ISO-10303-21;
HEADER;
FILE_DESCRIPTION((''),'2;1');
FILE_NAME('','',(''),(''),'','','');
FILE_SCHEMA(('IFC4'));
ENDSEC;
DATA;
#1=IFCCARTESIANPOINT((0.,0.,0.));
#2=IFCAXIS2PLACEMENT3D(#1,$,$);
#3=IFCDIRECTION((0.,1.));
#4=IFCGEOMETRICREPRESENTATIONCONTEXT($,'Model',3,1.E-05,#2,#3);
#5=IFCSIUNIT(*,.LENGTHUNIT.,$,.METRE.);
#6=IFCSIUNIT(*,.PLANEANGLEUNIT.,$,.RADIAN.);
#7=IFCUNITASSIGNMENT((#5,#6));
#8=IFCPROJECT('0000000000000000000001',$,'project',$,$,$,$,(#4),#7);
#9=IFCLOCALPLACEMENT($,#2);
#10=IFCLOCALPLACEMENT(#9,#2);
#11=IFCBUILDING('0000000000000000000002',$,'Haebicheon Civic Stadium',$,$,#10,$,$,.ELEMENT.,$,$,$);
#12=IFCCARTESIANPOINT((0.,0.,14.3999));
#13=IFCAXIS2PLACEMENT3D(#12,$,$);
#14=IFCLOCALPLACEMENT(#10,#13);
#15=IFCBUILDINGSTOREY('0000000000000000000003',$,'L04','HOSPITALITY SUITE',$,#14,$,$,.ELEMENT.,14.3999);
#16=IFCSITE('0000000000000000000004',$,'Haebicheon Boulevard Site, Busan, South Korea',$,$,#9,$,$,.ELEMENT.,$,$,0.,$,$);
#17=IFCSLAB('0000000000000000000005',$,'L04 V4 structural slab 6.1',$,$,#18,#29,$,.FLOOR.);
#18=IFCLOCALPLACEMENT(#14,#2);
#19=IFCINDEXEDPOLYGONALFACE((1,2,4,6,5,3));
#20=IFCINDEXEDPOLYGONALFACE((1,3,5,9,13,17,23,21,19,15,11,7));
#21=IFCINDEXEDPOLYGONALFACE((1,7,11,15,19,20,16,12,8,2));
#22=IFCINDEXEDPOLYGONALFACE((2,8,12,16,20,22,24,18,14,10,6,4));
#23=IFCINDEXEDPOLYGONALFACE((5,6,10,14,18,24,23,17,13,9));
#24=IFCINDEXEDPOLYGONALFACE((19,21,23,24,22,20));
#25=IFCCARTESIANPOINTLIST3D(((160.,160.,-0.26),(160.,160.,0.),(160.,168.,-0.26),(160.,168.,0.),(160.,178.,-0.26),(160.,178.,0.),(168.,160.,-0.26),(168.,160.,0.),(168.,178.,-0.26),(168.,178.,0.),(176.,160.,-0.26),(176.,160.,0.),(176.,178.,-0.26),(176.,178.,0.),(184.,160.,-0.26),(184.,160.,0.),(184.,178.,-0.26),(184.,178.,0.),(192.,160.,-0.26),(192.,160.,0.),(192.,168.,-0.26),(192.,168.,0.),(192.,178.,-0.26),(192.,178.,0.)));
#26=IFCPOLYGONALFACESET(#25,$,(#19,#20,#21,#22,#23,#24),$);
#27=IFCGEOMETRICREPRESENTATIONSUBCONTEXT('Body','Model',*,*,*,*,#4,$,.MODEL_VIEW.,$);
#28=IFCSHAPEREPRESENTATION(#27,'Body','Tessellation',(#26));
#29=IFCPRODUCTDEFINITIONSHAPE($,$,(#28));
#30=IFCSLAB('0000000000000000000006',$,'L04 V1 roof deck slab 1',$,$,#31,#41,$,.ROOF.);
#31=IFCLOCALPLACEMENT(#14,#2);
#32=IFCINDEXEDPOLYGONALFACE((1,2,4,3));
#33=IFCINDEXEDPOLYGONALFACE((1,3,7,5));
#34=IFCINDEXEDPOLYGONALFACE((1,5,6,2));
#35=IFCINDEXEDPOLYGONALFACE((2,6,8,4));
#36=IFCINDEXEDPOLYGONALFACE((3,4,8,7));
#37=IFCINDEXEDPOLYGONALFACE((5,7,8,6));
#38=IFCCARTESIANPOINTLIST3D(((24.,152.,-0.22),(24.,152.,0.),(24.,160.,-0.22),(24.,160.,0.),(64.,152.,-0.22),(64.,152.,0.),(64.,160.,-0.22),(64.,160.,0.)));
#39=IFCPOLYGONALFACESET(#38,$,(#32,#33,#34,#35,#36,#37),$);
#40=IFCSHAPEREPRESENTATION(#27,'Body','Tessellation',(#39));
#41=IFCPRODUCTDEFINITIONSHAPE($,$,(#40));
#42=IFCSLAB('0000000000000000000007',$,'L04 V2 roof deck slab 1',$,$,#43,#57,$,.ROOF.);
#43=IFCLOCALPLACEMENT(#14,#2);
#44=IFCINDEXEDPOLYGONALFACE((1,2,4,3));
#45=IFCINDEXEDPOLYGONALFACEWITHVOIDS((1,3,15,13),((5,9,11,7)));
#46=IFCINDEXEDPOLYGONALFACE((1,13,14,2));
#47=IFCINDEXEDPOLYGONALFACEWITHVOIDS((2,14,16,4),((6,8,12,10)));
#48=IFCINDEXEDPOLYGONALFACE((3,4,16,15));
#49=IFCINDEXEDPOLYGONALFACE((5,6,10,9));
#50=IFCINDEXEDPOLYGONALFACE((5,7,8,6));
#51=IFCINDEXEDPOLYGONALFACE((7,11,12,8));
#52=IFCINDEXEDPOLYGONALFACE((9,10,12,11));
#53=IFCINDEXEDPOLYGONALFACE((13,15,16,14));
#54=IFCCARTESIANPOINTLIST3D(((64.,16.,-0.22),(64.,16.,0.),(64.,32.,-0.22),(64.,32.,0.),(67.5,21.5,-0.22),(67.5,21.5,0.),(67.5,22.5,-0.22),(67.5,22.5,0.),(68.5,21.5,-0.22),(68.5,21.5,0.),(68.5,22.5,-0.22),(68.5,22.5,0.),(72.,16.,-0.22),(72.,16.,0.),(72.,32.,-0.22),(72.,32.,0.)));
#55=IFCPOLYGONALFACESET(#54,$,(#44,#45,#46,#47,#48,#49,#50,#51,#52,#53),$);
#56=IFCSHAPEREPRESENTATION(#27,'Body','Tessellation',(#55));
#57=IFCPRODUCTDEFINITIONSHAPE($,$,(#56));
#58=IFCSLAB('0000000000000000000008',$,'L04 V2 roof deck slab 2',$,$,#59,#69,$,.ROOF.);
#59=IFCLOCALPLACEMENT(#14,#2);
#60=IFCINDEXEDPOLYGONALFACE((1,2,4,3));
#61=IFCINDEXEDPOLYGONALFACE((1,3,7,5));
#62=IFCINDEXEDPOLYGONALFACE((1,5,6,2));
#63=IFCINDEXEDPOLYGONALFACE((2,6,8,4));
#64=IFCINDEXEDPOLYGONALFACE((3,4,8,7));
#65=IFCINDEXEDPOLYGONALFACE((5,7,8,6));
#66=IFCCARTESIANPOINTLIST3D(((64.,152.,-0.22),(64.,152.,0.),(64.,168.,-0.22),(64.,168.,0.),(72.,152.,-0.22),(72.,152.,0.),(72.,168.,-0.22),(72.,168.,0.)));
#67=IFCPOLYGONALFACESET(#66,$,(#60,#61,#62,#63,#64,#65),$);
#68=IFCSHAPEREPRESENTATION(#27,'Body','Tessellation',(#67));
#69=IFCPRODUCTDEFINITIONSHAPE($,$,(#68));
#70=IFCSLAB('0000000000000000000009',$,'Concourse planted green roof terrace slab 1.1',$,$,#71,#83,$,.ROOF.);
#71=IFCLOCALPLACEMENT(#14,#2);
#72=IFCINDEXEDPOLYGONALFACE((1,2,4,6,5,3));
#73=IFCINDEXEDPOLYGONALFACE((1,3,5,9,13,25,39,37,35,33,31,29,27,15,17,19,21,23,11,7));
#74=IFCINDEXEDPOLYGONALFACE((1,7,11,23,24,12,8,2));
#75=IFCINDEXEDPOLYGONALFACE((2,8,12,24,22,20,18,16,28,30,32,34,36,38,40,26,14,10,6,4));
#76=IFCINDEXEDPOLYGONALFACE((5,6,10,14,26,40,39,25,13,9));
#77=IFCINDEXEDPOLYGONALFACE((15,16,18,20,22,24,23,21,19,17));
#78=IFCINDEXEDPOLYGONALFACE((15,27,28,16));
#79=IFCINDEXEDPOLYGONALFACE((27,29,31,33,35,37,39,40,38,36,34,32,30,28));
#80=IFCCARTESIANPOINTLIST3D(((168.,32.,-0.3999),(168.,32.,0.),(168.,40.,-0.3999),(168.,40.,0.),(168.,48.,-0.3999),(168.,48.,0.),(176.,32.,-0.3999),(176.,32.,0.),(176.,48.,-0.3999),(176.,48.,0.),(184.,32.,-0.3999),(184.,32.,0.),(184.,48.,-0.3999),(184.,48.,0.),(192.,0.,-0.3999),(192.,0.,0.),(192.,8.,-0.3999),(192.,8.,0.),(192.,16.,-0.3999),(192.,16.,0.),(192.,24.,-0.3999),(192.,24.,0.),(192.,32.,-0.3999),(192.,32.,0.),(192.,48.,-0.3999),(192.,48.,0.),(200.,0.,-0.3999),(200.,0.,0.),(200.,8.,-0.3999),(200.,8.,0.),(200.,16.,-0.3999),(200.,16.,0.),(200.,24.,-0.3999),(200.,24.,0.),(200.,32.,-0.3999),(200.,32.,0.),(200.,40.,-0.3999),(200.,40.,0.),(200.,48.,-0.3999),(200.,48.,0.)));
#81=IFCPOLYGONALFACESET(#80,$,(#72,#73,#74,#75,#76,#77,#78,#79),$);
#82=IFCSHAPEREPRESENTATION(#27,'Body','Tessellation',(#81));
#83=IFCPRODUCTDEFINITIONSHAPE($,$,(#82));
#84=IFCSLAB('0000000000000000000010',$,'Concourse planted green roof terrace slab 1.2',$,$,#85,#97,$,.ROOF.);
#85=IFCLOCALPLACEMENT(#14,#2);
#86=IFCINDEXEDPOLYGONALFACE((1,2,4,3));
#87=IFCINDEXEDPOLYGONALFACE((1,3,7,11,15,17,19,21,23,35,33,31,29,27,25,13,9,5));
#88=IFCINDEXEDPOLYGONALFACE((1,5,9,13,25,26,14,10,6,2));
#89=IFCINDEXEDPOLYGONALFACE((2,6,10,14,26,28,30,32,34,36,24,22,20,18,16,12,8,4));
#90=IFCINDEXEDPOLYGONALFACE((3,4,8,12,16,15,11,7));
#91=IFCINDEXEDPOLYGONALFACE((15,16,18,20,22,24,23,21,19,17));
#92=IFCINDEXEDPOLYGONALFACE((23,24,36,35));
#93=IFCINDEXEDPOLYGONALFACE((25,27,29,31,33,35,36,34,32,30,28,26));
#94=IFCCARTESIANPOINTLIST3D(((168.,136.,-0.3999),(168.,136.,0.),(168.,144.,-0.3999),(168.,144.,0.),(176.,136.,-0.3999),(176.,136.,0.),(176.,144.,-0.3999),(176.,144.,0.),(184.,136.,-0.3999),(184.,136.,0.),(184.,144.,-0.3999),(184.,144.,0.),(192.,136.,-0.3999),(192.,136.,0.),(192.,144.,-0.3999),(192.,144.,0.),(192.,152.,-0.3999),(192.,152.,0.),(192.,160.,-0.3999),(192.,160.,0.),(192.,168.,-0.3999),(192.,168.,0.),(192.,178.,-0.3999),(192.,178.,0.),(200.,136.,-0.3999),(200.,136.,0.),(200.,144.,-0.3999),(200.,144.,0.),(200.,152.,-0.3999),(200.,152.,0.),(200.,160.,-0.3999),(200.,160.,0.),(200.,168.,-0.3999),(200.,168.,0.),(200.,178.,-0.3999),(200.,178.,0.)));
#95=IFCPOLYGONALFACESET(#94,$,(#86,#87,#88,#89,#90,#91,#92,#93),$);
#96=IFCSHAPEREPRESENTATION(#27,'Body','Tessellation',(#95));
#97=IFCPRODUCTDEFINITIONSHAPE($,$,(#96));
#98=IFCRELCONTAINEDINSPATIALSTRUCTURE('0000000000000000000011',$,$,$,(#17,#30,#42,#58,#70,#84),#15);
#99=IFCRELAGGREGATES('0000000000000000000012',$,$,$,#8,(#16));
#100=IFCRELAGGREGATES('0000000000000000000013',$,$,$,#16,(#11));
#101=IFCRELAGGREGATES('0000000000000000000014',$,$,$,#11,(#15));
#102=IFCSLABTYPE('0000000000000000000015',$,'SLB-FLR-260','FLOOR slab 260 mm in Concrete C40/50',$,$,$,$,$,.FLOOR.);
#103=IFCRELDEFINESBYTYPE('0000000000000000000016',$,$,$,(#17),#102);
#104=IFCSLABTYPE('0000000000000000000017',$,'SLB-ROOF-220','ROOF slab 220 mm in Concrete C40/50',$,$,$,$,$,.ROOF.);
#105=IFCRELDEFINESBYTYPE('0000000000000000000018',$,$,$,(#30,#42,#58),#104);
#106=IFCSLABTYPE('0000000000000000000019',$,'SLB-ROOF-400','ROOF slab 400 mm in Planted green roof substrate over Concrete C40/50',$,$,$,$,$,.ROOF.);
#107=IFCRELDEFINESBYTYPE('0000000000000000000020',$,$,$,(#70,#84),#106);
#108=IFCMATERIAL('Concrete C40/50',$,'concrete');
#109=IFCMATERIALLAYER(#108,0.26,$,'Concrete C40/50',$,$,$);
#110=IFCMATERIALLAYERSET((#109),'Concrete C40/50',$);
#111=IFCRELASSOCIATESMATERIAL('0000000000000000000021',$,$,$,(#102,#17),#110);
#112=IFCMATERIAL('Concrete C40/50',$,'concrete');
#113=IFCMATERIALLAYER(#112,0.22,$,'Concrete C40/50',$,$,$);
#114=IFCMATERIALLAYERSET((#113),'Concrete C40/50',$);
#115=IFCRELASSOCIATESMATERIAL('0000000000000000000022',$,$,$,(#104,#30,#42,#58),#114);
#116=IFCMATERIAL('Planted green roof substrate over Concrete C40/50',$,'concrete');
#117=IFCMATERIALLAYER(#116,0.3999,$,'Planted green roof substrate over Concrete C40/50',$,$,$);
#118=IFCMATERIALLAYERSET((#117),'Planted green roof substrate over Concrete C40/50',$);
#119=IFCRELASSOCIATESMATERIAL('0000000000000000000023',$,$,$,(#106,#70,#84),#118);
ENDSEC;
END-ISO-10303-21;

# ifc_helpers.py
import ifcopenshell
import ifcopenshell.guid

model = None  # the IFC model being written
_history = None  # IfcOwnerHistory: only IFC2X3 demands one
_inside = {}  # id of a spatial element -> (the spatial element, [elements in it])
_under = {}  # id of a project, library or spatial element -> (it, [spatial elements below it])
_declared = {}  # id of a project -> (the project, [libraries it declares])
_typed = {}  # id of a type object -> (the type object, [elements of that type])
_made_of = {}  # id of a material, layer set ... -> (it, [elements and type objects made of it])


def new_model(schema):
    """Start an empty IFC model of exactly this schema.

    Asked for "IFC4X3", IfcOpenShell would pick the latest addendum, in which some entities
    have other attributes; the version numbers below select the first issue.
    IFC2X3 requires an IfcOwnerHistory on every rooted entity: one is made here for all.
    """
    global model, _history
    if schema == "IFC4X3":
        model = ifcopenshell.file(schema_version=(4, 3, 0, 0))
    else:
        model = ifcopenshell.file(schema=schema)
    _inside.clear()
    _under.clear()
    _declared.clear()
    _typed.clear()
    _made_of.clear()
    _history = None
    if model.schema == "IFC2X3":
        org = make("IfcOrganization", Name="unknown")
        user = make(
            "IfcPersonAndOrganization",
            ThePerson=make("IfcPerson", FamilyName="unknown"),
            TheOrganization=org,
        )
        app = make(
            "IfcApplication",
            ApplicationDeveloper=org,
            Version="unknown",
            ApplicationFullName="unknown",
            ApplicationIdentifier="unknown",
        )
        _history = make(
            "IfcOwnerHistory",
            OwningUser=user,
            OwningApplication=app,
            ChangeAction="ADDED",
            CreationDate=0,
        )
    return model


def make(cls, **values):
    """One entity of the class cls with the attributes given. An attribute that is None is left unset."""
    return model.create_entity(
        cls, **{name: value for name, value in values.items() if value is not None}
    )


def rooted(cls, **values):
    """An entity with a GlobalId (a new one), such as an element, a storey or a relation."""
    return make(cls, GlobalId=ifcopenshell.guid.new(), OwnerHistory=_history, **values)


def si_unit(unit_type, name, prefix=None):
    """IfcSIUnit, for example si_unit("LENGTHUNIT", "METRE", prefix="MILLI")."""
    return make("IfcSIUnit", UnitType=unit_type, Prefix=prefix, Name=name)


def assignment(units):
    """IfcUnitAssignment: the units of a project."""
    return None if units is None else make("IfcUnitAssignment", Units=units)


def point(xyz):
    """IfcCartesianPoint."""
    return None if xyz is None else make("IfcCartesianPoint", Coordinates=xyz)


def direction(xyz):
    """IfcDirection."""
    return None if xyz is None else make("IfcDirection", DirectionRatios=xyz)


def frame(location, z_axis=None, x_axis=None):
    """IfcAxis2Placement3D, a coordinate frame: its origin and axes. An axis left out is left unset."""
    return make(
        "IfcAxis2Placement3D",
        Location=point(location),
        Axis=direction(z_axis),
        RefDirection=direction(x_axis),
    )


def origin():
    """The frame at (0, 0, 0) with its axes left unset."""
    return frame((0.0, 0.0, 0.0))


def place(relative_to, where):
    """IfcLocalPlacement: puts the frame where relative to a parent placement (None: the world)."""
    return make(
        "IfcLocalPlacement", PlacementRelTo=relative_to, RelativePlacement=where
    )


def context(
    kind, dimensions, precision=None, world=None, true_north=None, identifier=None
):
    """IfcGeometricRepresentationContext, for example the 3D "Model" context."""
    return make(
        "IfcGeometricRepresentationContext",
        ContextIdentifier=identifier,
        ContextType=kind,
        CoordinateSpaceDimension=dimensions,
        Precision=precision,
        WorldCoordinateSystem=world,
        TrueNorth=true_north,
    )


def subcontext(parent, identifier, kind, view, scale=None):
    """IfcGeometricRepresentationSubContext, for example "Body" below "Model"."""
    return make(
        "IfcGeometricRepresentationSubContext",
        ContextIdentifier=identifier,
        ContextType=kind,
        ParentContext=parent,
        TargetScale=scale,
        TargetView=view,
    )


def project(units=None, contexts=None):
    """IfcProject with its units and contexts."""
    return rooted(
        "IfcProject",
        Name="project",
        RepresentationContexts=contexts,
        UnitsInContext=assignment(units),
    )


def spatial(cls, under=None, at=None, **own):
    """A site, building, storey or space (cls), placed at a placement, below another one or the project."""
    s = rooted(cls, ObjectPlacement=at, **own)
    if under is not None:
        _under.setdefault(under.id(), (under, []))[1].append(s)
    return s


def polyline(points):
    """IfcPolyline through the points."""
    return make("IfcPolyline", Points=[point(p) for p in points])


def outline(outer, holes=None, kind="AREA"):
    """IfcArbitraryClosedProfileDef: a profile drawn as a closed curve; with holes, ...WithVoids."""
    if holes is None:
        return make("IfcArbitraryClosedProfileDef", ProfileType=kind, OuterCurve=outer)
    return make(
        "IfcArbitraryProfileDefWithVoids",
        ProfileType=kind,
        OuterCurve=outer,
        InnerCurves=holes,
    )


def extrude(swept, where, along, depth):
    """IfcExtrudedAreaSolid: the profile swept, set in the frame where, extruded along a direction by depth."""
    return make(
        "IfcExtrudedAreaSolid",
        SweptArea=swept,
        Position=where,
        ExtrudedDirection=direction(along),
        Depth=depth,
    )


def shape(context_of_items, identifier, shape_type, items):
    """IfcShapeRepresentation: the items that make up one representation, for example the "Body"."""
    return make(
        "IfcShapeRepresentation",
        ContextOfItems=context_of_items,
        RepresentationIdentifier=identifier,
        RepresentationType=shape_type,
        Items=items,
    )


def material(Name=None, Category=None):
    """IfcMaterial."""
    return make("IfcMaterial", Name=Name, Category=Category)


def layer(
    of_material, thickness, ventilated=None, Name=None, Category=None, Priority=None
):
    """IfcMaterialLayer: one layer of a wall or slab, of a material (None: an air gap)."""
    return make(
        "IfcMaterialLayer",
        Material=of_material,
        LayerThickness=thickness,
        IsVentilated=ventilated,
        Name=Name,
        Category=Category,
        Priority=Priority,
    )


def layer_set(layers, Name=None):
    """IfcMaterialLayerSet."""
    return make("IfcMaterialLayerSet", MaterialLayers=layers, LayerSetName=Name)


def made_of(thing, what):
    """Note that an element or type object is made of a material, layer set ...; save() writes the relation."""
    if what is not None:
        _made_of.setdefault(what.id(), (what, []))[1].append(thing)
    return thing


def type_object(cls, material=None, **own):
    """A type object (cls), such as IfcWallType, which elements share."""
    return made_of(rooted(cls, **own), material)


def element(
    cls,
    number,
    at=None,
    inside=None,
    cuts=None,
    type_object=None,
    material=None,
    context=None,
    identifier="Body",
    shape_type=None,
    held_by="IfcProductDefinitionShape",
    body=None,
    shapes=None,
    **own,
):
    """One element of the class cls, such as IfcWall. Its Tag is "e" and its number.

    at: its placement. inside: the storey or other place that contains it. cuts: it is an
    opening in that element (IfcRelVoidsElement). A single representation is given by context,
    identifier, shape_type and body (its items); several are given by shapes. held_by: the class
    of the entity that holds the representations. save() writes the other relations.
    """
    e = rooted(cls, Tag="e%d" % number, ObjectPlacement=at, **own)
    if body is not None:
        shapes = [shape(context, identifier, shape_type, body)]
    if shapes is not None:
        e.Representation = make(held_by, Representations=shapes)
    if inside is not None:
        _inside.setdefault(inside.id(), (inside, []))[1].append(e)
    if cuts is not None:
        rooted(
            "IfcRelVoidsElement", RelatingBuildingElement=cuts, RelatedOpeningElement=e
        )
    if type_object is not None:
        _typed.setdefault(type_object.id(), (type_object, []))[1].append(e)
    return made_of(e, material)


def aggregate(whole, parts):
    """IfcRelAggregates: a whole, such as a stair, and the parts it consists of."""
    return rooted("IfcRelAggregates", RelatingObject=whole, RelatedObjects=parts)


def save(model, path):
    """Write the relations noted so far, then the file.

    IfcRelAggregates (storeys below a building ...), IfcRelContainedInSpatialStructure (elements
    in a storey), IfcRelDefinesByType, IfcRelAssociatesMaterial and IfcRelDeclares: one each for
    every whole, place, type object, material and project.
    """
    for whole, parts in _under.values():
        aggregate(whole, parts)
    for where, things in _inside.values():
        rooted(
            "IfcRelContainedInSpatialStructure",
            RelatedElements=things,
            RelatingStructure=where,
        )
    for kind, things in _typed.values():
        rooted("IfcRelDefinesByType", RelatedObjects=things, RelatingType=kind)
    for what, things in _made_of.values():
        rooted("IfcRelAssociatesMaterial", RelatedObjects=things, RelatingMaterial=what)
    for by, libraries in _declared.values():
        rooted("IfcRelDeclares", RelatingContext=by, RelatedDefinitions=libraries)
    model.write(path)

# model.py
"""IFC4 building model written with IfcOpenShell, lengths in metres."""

from ifc_helpers import new_model, si_unit, direction, frame, origin, place, context, subcontext, project, spatial, polyline, outline, extrude, material, layer, layer_set, type_object, element, save


model = new_model("IFC4")

# Units and contexts
model_context = context("Model", 3, precision=1e-05, world=origin(), true_north=direction((0.0, 1.0)))
body_context = subcontext(model_context, "Body", "Model", "MODEL_VIEW")
ifc_project = project(units=[si_unit("LENGTHUNIT", "METRE"), si_unit("PLANEANGLEUNIT", "RADIAN")], contexts=[model_context])

# Site, building, storey
site_placement = place(None, origin())
site = spatial("IfcSite", under=ifc_project, at=site_placement, Name="Haebicheon Boulevard Site, Busan, South Korea", CompositionType="ELEMENT", RefElevation=0.0)
building_placement = place(site_placement, origin())
building = spatial("IfcBuilding", under=site, at=building_placement, Name="Haebicheon Civic Stadium", CompositionType="ELEMENT")
storey_placement = place(building_placement, frame((0.0, 0.0, 14.3999)))
storey = spatial("IfcBuildingStorey", under=building, at=storey_placement, Name="L04", Description="HOSPITALITY SUITE", CompositionType="ELEMENT", Elevation=14.3999)

# Slabs
ifc_material_1 = material(Name="Concrete C40/50", Category="concrete")
ifc_layer_1 = layer(ifc_material_1, 0.26, Name="Concrete C40/50")
ifc_layer_set_1 = layer_set([ifc_layer_1], Name="Concrete C40/50")
slab_type_1 = type_object("IfcSlabType", Name="SLB-FLR-260", Description="FLOOR slab 260 mm in Concrete C40/50", PredefinedType="FLOOR", material=ifc_layer_set_1)
slab_1_placement = place(storey_placement, frame((0.0, 0.0, -0.26)))
element("IfcSlab", 1, at=slab_1_placement, inside=storey, type_object=slab_type_1, material=ifc_layer_set_1, Name="L04 V4 structural slab 6.1", PredefinedType="FLOOR", context=body_context, shape_type="SweptSolid", body=[
    extrude(outline(polyline([(192.0, 160.0), (184.0, 160.0), (176.0, 160.0), (168.0, 160.0), (160.0, 160.0), (160.0, 168.0), (160.0, 178.0), (168.0, 178.0), (176.0, 178.0), (184.0, 178.0), (192.0, 178.0), (192.0, 168.0), (192.0, 160.0)])), origin(), (0.0, 0.0, 1.0), 0.26),
])
ifc_material_2 = material(Name="Concrete C40/50", Category="concrete")
ifc_layer_2 = layer(ifc_material_2, 0.22, Name="Concrete C40/50")
ifc_layer_set_2 = layer_set([ifc_layer_2], Name="Concrete C40/50")
slab_type_2 = type_object("IfcSlabType", Name="SLB-ROOF-220", Description="ROOF slab 220 mm in Concrete C40/50", PredefinedType="ROOF", material=ifc_layer_set_2)
slab_2_placement = place(storey_placement, frame((0.0, 0.0, -0.22)))
element("IfcSlab", 2, at=slab_2_placement, inside=storey, type_object=slab_type_2, material=ifc_layer_set_2, Name="L04 V1 roof deck slab 1", PredefinedType="ROOF", context=body_context, shape_type="SweptSolid", body=[
    extrude(outline(polyline([(24.0, 160.0), (64.0, 160.0), (64.0, 152.0), (24.0, 152.0), (24.0, 160.0)])), origin(), (0.0, 0.0, 1.0), 0.22),
])
slab_3_placement = place(storey_placement, frame((0.0, 0.0, -0.22)))
element("IfcSlab", 3, at=slab_3_placement, inside=storey, type_object=slab_type_2, material=ifc_layer_set_2, Name="L04 V2 roof deck slab 1", PredefinedType="ROOF", context=body_context, shape_type="SweptSolid", body=[
    extrude(outline(polyline([(72.0, 32.0), (72.0, 16.0), (64.0, 16.0), (64.0, 32.0), (72.0, 32.0)]), holes=[polyline([(67.5, 21.5), (68.5, 21.5), (68.5, 22.5), (67.5, 22.5), (67.5, 21.5)])]), origin(), (0.0, 0.0, 1.0), 0.22),
])
slab_4_placement = place(storey_placement, frame((0.0, 0.0, -0.22)))
element("IfcSlab", 4, at=slab_4_placement, inside=storey, type_object=slab_type_2, material=ifc_layer_set_2, Name="L04 V2 roof deck slab 2", PredefinedType="ROOF", context=body_context, shape_type="SweptSolid", body=[
    extrude(outline(polyline([(72.0, 168.0), (72.0, 152.0), (64.0, 152.0), (64.0, 168.0), (72.0, 168.0)])), origin(), (0.0, 0.0, 1.0), 0.22),
])
ifc_material_3 = material(Name="Planted green roof substrate over Concrete C40/50", Category="concrete")
ifc_layer_3 = layer(ifc_material_3, 0.3999, Name="Planted green roof substrate over Concrete C40/50")
ifc_layer_set_3 = layer_set([ifc_layer_3], Name="Planted green roof substrate over Concrete C40/50")
slab_type_3 = type_object("IfcSlabType", Name="SLB-ROOF-400", Description="ROOF slab 400 mm in Planted green roof substrate over Concrete C40/50", PredefinedType="ROOF", material=ifc_layer_set_3)
slab_5_placement = place(storey_placement, frame((0.0, 0.0, -0.3999)))
element("IfcSlab", 5, at=slab_5_placement, inside=storey, type_object=slab_type_3, material=ifc_layer_set_3, Name="Concourse planted green roof terrace slab 1.1", PredefinedType="ROOF", context=body_context, shape_type="SweptSolid", body=[
    extrude(outline(polyline([(176.0, 48.0), (184.0, 48.0), (192.0, 48.0), (200.0, 48.0), (200.0, 40.0), (200.0, 32.0), (200.0, 24.0), (200.0, 16.0), (200.0, 8.0), (200.0, 0.0), (192.0, 0.0), (192.0, 8.0), (192.0, 16.0), (192.0, 24.0), (192.0, 32.0), (184.0, 32.0), (176.0, 32.0), (168.0, 32.0), (168.0, 40.0), (168.0, 48.0), (176.0, 48.0)])), origin(), (0.0, 0.0, 1.0), 0.3999),
])
slab_6_placement = place(storey_placement, frame((0.0, 0.0, -0.3999)))
element("IfcSlab", 6, at=slab_6_placement, inside=storey, type_object=slab_type_3, material=ifc_layer_set_3, Name="Concourse planted green roof terrace slab 1.2", PredefinedType="ROOF", context=body_context, shape_type="SweptSolid", body=[
    extrude(outline(polyline([(184.0, 144.0), (192.0, 144.0), (192.0, 152.0), (192.0, 160.0), (192.0, 168.0), (192.0, 178.0), (200.0, 178.0), (200.0, 168.0), (200.0, 160.0), (200.0, 152.0), (200.0, 144.0), (200.0, 136.0), (192.0, 136.0), (184.0, 136.0), (176.0, 136.0), (168.0, 136.0), (168.0, 144.0), (176.0, 144.0), (184.0, 144.0)])), origin(), (0.0, 0.0, 1.0), 0.3999),
])

save(model, "model.ifc")
